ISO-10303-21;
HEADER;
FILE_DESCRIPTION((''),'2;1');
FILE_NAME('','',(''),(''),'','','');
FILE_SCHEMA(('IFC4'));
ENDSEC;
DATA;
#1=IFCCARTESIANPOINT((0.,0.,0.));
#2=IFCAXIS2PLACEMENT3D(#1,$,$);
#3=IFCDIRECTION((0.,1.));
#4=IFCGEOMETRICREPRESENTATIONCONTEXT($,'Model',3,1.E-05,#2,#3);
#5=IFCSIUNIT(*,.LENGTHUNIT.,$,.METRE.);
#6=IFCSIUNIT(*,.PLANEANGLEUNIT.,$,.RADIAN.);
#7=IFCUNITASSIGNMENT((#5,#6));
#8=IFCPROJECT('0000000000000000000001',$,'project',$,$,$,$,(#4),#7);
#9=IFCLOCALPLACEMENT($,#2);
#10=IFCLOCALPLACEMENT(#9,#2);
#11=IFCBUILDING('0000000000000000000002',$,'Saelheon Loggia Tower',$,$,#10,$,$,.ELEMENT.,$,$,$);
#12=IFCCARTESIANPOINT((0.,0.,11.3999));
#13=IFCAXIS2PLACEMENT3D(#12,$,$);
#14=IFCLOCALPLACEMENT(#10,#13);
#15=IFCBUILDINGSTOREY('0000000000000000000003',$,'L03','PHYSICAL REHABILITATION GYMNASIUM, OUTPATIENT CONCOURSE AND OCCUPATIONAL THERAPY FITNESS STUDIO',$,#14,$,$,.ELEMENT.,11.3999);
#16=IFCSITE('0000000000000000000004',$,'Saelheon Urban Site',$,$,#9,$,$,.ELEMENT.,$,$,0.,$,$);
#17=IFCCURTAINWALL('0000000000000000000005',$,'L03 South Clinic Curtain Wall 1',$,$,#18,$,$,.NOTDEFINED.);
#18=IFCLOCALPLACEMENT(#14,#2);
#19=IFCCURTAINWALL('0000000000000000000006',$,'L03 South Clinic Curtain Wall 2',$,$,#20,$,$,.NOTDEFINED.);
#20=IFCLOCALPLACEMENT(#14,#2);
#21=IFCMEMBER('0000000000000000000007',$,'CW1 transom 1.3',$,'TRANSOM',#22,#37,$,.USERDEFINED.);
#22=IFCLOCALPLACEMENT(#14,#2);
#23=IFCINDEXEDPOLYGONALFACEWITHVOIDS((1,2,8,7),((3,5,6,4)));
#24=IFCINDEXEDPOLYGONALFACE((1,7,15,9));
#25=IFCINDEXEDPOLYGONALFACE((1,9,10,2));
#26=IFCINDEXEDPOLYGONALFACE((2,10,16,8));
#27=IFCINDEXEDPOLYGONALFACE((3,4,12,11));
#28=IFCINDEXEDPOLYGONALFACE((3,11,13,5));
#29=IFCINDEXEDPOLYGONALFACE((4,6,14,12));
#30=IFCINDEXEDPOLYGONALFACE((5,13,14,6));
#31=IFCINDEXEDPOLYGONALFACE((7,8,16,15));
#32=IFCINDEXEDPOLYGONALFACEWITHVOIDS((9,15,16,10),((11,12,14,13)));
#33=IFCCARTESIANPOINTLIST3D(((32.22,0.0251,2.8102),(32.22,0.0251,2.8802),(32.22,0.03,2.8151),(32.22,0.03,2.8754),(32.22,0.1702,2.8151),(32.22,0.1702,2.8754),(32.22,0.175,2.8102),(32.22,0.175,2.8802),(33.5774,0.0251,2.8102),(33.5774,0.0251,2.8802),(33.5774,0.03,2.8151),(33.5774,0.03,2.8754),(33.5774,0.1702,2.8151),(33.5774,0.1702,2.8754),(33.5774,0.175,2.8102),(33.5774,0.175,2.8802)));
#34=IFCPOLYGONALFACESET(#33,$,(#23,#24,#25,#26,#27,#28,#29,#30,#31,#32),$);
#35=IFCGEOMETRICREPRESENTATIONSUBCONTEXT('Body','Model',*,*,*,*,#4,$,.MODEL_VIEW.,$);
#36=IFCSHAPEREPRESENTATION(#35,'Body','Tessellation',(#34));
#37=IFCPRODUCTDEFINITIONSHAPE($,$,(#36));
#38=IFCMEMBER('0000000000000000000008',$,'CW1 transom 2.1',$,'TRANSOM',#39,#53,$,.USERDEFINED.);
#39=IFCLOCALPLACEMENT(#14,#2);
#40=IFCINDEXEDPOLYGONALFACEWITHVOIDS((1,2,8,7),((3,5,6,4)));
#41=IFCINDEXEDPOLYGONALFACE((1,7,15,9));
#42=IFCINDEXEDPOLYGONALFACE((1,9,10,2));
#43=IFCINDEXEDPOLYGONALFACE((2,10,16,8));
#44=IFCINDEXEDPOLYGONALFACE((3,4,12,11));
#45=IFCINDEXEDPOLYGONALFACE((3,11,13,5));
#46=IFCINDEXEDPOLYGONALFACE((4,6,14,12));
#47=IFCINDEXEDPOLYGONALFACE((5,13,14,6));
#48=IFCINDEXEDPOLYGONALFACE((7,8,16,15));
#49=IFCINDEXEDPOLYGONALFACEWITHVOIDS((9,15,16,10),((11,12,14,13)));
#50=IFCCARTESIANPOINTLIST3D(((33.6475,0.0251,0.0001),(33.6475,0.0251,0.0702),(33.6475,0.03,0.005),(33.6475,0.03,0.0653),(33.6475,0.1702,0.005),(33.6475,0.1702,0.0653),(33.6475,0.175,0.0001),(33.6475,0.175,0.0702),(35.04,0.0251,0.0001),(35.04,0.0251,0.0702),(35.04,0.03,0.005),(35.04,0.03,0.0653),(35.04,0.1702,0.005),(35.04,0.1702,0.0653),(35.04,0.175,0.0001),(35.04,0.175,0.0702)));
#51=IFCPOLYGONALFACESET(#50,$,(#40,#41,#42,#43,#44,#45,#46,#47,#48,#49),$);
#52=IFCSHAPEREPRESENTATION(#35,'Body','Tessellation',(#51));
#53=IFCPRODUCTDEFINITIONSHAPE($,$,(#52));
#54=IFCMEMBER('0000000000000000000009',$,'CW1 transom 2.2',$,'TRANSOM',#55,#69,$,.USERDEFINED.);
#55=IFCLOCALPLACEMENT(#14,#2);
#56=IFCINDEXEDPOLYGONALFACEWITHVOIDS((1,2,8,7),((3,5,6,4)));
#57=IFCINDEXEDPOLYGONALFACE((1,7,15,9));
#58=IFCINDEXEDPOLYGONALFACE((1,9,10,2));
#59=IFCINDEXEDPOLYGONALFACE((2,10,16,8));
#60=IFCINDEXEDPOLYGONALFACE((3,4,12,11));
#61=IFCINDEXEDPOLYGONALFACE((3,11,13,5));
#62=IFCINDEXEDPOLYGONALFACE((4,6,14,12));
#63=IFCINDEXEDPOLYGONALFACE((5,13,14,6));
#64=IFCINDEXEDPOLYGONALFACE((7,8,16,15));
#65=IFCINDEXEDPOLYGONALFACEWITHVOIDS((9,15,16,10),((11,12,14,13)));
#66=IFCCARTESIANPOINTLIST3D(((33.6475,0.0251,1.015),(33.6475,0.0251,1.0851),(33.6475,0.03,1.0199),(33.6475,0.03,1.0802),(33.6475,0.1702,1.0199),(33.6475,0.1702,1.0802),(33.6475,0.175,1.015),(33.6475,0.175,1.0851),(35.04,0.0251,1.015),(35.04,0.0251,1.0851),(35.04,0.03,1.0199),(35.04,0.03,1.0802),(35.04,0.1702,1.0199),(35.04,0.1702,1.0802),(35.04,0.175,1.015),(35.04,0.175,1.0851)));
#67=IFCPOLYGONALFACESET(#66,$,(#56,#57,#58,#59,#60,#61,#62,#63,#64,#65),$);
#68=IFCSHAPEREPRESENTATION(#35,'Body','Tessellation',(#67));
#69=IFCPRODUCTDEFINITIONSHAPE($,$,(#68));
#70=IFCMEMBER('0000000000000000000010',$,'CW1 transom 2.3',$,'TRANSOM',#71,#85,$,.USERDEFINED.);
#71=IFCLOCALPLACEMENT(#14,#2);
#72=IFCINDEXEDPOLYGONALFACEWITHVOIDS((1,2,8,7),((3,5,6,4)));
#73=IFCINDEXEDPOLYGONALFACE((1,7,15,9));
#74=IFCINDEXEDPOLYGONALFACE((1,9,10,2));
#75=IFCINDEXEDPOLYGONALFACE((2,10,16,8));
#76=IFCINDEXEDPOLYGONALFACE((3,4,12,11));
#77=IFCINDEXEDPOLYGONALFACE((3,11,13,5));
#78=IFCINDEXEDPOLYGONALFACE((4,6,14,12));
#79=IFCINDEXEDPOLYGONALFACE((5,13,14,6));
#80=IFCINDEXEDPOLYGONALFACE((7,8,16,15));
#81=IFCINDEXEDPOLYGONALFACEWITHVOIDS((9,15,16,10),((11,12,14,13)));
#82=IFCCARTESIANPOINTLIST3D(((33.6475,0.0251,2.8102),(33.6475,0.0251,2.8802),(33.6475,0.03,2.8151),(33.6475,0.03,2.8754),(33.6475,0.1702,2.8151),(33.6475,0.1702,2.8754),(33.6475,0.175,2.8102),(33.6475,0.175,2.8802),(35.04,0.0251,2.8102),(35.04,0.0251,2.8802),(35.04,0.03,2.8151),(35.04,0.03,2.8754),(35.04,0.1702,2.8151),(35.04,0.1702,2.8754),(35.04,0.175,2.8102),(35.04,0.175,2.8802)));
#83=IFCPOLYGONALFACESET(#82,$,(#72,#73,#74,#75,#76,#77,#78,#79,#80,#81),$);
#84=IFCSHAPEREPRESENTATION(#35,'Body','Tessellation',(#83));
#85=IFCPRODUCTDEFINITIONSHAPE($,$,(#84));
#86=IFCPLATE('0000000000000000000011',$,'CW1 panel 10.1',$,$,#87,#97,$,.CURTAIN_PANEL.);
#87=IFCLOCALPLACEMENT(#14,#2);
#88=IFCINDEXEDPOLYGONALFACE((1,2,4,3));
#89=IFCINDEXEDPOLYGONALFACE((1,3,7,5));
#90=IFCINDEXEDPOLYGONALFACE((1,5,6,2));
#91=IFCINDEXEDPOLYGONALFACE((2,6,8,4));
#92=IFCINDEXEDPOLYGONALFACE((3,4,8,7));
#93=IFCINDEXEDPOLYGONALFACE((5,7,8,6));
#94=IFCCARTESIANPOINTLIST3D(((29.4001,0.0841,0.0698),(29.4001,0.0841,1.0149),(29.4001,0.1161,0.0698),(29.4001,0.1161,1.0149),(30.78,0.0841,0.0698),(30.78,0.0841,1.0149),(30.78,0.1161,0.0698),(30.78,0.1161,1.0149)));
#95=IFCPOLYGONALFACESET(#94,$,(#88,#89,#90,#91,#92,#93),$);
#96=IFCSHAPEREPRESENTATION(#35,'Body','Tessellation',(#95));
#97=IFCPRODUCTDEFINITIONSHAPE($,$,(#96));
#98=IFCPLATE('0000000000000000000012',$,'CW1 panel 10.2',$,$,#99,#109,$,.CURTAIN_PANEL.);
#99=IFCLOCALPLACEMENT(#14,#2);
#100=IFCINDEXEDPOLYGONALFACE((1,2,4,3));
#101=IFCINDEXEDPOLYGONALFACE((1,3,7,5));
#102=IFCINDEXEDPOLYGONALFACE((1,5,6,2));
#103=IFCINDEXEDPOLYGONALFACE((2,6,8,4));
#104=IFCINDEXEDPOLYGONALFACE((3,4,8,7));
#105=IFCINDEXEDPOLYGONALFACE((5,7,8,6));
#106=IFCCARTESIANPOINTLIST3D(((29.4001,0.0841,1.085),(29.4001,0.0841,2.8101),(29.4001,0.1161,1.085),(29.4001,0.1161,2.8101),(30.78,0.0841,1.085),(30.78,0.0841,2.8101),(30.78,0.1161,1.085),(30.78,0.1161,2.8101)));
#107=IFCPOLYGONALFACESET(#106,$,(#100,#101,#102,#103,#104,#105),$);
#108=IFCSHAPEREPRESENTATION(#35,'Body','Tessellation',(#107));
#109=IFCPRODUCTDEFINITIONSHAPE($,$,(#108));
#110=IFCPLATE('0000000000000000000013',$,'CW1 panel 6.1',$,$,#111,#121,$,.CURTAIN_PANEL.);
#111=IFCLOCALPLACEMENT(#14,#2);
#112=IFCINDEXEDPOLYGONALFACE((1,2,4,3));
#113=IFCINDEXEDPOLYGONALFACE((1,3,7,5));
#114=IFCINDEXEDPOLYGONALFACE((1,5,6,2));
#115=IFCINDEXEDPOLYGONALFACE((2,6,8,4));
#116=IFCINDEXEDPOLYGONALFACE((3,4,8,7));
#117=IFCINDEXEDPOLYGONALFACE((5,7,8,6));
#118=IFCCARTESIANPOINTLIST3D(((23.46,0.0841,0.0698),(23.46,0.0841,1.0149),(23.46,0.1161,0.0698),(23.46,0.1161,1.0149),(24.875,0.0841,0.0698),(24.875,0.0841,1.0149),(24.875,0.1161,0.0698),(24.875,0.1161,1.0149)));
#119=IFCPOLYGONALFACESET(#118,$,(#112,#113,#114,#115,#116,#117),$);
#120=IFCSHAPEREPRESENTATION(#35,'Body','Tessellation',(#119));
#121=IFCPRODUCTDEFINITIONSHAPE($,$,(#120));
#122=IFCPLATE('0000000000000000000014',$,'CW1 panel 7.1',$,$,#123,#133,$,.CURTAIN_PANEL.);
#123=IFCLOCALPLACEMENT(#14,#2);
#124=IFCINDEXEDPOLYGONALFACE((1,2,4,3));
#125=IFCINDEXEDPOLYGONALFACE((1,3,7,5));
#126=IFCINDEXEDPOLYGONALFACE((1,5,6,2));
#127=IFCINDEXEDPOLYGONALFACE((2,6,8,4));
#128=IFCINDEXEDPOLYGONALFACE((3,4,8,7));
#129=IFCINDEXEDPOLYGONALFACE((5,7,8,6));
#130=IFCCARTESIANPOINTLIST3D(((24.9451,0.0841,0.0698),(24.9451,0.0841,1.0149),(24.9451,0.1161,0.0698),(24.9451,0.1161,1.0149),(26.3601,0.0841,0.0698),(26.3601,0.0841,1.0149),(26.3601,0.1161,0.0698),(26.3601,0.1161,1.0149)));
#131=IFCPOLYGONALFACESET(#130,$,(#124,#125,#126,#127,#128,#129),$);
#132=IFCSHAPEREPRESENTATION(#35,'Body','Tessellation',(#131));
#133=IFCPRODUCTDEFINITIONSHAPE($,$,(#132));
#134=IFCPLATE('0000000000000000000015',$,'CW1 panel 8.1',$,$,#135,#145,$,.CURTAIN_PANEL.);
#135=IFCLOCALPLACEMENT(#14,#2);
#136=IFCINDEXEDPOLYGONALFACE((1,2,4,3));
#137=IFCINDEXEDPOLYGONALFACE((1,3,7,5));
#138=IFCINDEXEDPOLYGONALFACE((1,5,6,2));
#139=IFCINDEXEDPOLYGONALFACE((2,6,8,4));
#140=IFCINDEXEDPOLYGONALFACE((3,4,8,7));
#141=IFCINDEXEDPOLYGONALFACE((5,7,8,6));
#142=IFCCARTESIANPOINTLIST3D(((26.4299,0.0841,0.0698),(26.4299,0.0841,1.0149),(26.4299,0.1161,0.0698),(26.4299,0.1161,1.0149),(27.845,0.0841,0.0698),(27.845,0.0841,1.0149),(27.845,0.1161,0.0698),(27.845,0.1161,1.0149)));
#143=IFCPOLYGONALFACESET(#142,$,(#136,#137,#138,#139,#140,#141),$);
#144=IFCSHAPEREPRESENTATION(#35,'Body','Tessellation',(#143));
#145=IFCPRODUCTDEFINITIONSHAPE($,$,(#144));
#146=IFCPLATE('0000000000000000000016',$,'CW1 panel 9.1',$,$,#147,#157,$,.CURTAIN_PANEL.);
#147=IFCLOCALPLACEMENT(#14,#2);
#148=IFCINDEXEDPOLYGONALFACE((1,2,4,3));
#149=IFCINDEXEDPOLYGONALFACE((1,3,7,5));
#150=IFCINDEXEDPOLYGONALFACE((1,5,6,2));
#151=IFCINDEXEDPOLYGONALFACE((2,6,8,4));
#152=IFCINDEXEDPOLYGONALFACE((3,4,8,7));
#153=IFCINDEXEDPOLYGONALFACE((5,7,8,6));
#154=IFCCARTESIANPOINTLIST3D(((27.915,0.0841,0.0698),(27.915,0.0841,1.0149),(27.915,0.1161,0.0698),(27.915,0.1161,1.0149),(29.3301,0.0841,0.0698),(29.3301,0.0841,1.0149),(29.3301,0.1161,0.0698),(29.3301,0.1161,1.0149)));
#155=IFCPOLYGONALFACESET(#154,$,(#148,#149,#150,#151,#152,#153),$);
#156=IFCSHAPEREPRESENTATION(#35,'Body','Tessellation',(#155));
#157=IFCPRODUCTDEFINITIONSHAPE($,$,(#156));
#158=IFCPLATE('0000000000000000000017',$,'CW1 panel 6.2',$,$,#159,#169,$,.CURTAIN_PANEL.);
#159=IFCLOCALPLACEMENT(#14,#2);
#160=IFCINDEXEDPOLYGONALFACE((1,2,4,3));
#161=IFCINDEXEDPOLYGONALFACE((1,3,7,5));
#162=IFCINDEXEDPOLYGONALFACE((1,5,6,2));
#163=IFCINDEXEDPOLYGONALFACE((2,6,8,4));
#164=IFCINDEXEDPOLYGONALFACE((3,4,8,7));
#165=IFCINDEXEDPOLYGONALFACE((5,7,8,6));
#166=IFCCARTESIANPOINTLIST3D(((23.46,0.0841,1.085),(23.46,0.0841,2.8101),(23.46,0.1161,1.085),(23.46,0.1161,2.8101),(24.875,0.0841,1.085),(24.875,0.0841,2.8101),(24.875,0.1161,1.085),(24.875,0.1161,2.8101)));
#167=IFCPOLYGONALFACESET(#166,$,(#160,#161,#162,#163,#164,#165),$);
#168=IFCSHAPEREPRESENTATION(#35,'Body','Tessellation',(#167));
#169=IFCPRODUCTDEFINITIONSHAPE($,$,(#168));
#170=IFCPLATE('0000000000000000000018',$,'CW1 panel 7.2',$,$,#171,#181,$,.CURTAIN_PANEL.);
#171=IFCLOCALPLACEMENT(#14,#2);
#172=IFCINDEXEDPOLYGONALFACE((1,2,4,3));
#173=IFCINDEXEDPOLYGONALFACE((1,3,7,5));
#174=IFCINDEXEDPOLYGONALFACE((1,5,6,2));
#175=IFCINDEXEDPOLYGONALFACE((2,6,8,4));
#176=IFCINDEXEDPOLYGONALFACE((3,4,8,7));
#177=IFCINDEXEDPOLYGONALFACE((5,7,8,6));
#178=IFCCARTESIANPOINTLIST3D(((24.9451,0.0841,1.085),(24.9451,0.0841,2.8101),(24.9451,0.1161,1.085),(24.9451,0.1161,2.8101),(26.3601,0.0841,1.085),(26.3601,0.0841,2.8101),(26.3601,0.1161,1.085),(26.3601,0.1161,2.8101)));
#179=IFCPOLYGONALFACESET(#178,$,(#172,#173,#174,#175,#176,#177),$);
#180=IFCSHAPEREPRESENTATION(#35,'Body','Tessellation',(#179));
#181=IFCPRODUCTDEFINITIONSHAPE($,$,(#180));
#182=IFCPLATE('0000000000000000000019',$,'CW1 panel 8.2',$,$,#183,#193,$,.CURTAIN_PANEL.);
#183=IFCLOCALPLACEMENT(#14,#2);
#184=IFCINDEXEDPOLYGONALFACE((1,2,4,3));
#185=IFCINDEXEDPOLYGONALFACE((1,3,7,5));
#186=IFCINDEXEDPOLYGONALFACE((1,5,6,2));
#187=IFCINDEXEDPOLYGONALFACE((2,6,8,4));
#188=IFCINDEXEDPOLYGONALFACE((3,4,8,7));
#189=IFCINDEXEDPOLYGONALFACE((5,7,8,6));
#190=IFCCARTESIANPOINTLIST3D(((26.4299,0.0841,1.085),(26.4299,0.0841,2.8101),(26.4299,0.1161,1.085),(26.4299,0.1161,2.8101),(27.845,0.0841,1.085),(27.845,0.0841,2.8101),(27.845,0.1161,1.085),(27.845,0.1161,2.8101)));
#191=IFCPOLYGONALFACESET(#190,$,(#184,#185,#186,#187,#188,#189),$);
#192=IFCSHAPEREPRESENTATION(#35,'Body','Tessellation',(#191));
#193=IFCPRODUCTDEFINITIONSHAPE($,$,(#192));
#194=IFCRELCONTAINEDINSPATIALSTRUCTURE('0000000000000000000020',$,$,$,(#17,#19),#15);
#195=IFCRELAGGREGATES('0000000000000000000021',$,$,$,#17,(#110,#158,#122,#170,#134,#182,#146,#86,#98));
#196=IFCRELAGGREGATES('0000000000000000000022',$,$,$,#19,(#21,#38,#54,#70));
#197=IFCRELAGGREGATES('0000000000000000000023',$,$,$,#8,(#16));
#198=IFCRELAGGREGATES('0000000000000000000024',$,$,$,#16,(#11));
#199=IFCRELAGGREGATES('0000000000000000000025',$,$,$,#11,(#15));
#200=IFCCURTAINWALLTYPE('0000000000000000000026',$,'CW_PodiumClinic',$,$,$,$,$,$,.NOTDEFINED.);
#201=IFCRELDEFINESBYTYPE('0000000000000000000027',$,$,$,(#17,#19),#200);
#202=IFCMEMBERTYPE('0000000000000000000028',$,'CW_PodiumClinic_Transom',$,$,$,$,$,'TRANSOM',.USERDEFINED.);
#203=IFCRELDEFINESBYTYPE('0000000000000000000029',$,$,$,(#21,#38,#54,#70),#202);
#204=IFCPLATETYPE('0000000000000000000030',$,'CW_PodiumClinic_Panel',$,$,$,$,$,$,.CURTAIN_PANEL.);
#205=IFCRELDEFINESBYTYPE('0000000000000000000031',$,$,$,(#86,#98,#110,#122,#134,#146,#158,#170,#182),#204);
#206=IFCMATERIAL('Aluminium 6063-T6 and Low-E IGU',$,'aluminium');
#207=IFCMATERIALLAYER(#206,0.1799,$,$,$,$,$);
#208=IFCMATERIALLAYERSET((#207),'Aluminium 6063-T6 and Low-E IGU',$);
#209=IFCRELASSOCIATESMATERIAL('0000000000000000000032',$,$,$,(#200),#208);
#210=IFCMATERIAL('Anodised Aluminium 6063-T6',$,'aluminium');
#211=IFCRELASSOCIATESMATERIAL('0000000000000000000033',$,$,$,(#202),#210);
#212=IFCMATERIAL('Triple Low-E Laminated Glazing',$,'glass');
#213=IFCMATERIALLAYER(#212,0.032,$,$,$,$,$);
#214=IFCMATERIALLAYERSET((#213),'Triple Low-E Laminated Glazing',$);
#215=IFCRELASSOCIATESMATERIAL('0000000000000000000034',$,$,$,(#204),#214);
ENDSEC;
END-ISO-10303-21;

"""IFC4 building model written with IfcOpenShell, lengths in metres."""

from ifc_helpers import new_model, si_unit, direction, frame, origin, origin_2d, place, context, subcontext, project, spatial, rectangle, hollow_rectangle, extrude, source, transform, mapped, material, layer, layer_set, material_profile, profile_set, type_object, element, aggregate, save


model = new_model("IFC4")

# Units and contexts
model_context = context("Model", 3, precision=1e-05, world=origin(), true_north=direction((0.0, 1.0)))
body_context = subcontext(model_context, "Body", "Model", "MODEL_VIEW")
ifc_project = project(units=[si_unit("LENGTHUNIT", "METRE"), si_unit("PLANEANGLEUNIT", "RADIAN")], contexts=[model_context])

# Site, building, storey
site_placement = place(None, origin())
site = spatial("IfcSite", under=ifc_project, at=site_placement, Name="Saelheon Urban Site", CompositionType="ELEMENT", RefElevation=0.0)
building_placement = place(site_placement, origin())
building = spatial("IfcBuilding", under=site, at=building_placement, Name="Saelheon Loggia Tower", CompositionType="ELEMENT")
storey_placement = place(building_placement, frame((0.0, 0.0, 11.3999)))
storey = spatial("IfcBuildingStorey", under=building, at=storey_placement, Name="L03", Description="PHYSICAL REHABILITATION GYMNASIUM, OUTPATIENT CONCOURSE AND OCCUPATIONAL THERAPY FITNESS STUDIO", CompositionType="ELEMENT", Elevation=11.3999)

# Curtain walls
ifc_material_1 = material(Name="Aluminium 6063-T6 and Low-E IGU", Category="aluminium")
ifc_layer_1 = layer(ifc_material_1, 0.1799)
ifc_layer_set_1 = layer_set([ifc_layer_1], Name="Aluminium 6063-T6 and Low-E IGU")
curtain_wall_type = type_object("IfcCurtainWallType", Name="CW_PodiumClinic", PredefinedType="NOTDEFINED", material=ifc_layer_set_1)
curtain_wall_1_placement = place(storey_placement, origin())
curtain_wall_1 = element("IfcCurtainWall", 1, at=curtain_wall_1_placement, inside=storey, type_object=curtain_wall_type, Name="L03 South Clinic Curtain Wall 1", PredefinedType="NOTDEFINED")
ifc_material_2 = material(Name="Anodised Aluminium 6063-T6", Category="aluminium")
curtain_wall_2_placement = place(storey_placement, origin())
curtain_wall_2 = element("IfcCurtainWall", 2, at=curtain_wall_2_placement, inside=storey, type_object=curtain_wall_type, Name="L03 South Clinic Curtain Wall 2", PredefinedType="NOTDEFINED")

# Members
ifc_material_profile_1 = material_profile(ifc_material_2, hollow_rectangle(XDim=0.0701, YDim=0.1499, WallThickness=0.0049, at=origin_2d()), Name="RHS-150x70x5")
ifc_profile_set_1 = profile_set([ifc_material_profile_1], Name="Anodised Aluminium 6063-T6")
member_type_1 = type_object("IfcMemberType", Name="CW_PodiumClinic_Transom", ElementType="TRANSOM", PredefinedType="USERDEFINED", material=ifc_profile_set_1)
shared_shape_1 = source(origin(), body_context, "Body", "SweptSolid", [
    extrude(hollow_rectangle(XDim=0.0701, YDim=0.1499, WallThickness=0.0049, at=origin_2d()), origin(), (0.0, 0.0, 1.0), 1.3574),
])
member_1_placement = place(storey_placement, frame((32.22, 0.1001, 2.8452), z_axis=(1.0, 0.0, 0.0), x_axis=(0.0, 0.0, 1.0)))
member_1 = element("IfcMember", 3, at=member_1_placement, type_object=member_type_1, Name="CW1 transom 1.3", ObjectType="TRANSOM", PredefinedType="USERDEFINED", context=body_context, shape_type="MappedRepresentation", body=[
    mapped(shared_shape_1, transform((0.0, 0.0, 0.0), scale=1.0)),
])
shared_shape_2 = source(origin(), body_context, "Body", "SweptSolid", [
    extrude(hollow_rectangle(XDim=0.0701, YDim=0.1499, WallThickness=0.0049, at=origin_2d()), origin(), (0.0, 0.0, 1.0), 1.3926),
])
member_2_placement = place(storey_placement, frame((33.6475, 0.1001, 0.0352), z_axis=(1.0, 0.0, 0.0), x_axis=(0.0, 0.0, 1.0)))
member_2 = element("IfcMember", 4, at=member_2_placement, type_object=member_type_1, Name="CW1 transom 2.1", ObjectType="TRANSOM", PredefinedType="USERDEFINED", context=body_context, shape_type="MappedRepresentation", body=[
    mapped(shared_shape_2, transform((0.0, 0.0, 0.0), scale=1.0)),
])
member_3_placement = place(storey_placement, frame((33.6475, 0.1001, 1.05), z_axis=(1.0, 0.0, 0.0), x_axis=(0.0, 0.0, 1.0)))
member_3 = element("IfcMember", 5, at=member_3_placement, type_object=member_type_1, Name="CW1 transom 2.2", ObjectType="TRANSOM", PredefinedType="USERDEFINED", context=body_context, shape_type="MappedRepresentation", body=[
    mapped(shared_shape_2, transform((0.0, 0.0, 0.0), scale=1.0)),
])
member_4_placement = place(storey_placement, frame((33.6475, 0.1001, 2.8452), z_axis=(1.0, 0.0, 0.0), x_axis=(0.0, 0.0, 1.0)))
member_4 = element("IfcMember", 6, at=member_4_placement, type_object=member_type_1, Name="CW1 transom 2.3", ObjectType="TRANSOM", PredefinedType="USERDEFINED", context=body_context, shape_type="MappedRepresentation", body=[
    mapped(shared_shape_2, transform((0.0, 0.0, 0.0), scale=1.0)),
])

# Plates
ifc_material_3 = material(Name="Triple Low-E Laminated Glazing", Category="glass")
ifc_layer_2 = layer(ifc_material_3, 0.032)
ifc_layer_set_2 = layer_set([ifc_layer_2], Name="Triple Low-E Laminated Glazing")
plate_type = type_object("IfcPlateType", Name="CW_PodiumClinic_Panel", PredefinedType="CURTAIN_PANEL", material=ifc_layer_set_2)
shared_shape_3 = source(origin(), body_context, "Body", "SweptSolid", [
    extrude(rectangle(XDim=1.3799, YDim=0.032, at=origin_2d()), origin(), (0.0, 0.0, 1.0), 0.9451),
])
plate_1_placement = place(storey_placement, frame((30.0901, 0.1001, 0.0698), z_axis=(0.0, 0.0, 1.0), x_axis=(1.0, 0.0, 0.0)))
plate_1 = element("IfcPlate", 7, at=plate_1_placement, type_object=plate_type, Name="CW1 panel 10.1", PredefinedType="CURTAIN_PANEL", context=body_context, shape_type="MappedRepresentation", body=[
    mapped(shared_shape_3, transform((0.0, 0.0, 0.0), scale=1.0)),
])
shared_shape_4 = source(origin(), body_context, "Body", "SweptSolid", [
    extrude(rectangle(XDim=1.3799, YDim=0.032, at=origin_2d()), origin(), (0.0, 0.0, 1.0), 1.7251),
])
plate_2_placement = place(storey_placement, frame((30.0901, 0.1001, 1.085), z_axis=(0.0, 0.0, 1.0), x_axis=(1.0, 0.0, 0.0)))
plate_2 = element("IfcPlate", 8, at=plate_2_placement, type_object=plate_type, Name="CW1 panel 10.2", PredefinedType="CURTAIN_PANEL", context=body_context, shape_type="MappedRepresentation", body=[
    mapped(shared_shape_4, transform((0.0, 0.0, 0.0), scale=1.0)),
])
shared_shape_5 = source(origin(), body_context, "Body", "SweptSolid", [
    extrude(rectangle(XDim=1.415, YDim=0.032, at=origin_2d()), origin(), (0.0, 0.0, 1.0), 0.9451),
])
plate_3_placement = place(storey_placement, frame((24.1675, 0.1001, 0.0698), z_axis=(0.0, 0.0, 1.0), x_axis=(1.0, 0.0, 0.0)))
plate_3 = element("IfcPlate", 9, at=plate_3_placement, type_object=plate_type, Name="CW1 panel 6.1", PredefinedType="CURTAIN_PANEL", context=body_context, shape_type="MappedRepresentation", body=[
    mapped(shared_shape_5, transform((0.0, 0.0, 0.0), scale=1.0)),
])
plate_4_placement = place(storey_placement, frame((25.6526, 0.1001, 0.0698), z_axis=(0.0, 0.0, 1.0), x_axis=(1.0, 0.0, 0.0)))
plate_4 = element("IfcPlate", 10, at=plate_4_placement, type_object=plate_type, Name="CW1 panel 7.1", PredefinedType="CURTAIN_PANEL", context=body_context, shape_type="MappedRepresentation", body=[
    mapped(shared_shape_5, transform((0.0, 0.0, 0.0), scale=1.0)),
])
plate_5_placement = place(storey_placement, frame((27.1375, 0.1001, 0.0698), z_axis=(0.0, 0.0, 1.0), x_axis=(1.0, 0.0, 0.0)))
plate_5 = element("IfcPlate", 11, at=plate_5_placement, type_object=plate_type, Name="CW1 panel 8.1", PredefinedType="CURTAIN_PANEL", context=body_context, shape_type="MappedRepresentation", body=[
    mapped(shared_shape_5, transform((0.0, 0.0, 0.0), scale=1.0)),
])
plate_6_placement = place(storey_placement, frame((28.6226, 0.1001, 0.0698), z_axis=(0.0, 0.0, 1.0), x_axis=(1.0, 0.0, 0.0)))
plate_6 = element("IfcPlate", 12, at=plate_6_placement, type_object=plate_type, Name="CW1 panel 9.1", PredefinedType="CURTAIN_PANEL", context=body_context, shape_type="MappedRepresentation", body=[
    mapped(shared_shape_5, transform((0.0, 0.0, 0.0), scale=1.0)),
])
shared_shape_6 = source(origin(), body_context, "Body", "SweptSolid", [
    extrude(rectangle(XDim=1.415, YDim=0.032, at=origin_2d()), origin(), (0.0, 0.0, 1.0), 1.7251),
])
plate_7_placement = place(storey_placement, frame((24.1675, 0.1001, 1.085), z_axis=(0.0, 0.0, 1.0), x_axis=(1.0, 0.0, 0.0)))
plate_7 = element("IfcPlate", 13, at=plate_7_placement, type_object=plate_type, Name="CW1 panel 6.2", PredefinedType="CURTAIN_PANEL", context=body_context, shape_type="MappedRepresentation", body=[
    mapped(shared_shape_6, transform((0.0, 0.0, 0.0), scale=1.0)),
])
plate_8_placement = place(storey_placement, frame((25.6526, 0.1001, 1.085), z_axis=(0.0, 0.0, 1.0), x_axis=(1.0, 0.0, 0.0)))
plate_8 = element("IfcPlate", 14, at=plate_8_placement, type_object=plate_type, Name="CW1 panel 7.2", PredefinedType="CURTAIN_PANEL", context=body_context, shape_type="MappedRepresentation", body=[
    mapped(shared_shape_6, transform((0.0, 0.0, 0.0), scale=1.0)),
])
plate_9_placement = place(storey_placement, frame((27.1375, 0.1001, 1.085), z_axis=(0.0, 0.0, 1.0), x_axis=(1.0, 0.0, 0.0)))
plate_9 = element("IfcPlate", 15, at=plate_9_placement, type_object=plate_type, Name="CW1 panel 8.2", PredefinedType="CURTAIN_PANEL", context=body_context, shape_type="MappedRepresentation", body=[
    mapped(shared_shape_6, transform((0.0, 0.0, 0.0), scale=1.0)),
])
aggregate(curtain_wall_1, [plate_3, plate_7, plate_4, plate_8, plate_5, plate_9, plate_6, plate_1, plate_2])
aggregate(curtain_wall_2, [member_1, member_2, member_3, member_4])

save(model, "model.ifc")
